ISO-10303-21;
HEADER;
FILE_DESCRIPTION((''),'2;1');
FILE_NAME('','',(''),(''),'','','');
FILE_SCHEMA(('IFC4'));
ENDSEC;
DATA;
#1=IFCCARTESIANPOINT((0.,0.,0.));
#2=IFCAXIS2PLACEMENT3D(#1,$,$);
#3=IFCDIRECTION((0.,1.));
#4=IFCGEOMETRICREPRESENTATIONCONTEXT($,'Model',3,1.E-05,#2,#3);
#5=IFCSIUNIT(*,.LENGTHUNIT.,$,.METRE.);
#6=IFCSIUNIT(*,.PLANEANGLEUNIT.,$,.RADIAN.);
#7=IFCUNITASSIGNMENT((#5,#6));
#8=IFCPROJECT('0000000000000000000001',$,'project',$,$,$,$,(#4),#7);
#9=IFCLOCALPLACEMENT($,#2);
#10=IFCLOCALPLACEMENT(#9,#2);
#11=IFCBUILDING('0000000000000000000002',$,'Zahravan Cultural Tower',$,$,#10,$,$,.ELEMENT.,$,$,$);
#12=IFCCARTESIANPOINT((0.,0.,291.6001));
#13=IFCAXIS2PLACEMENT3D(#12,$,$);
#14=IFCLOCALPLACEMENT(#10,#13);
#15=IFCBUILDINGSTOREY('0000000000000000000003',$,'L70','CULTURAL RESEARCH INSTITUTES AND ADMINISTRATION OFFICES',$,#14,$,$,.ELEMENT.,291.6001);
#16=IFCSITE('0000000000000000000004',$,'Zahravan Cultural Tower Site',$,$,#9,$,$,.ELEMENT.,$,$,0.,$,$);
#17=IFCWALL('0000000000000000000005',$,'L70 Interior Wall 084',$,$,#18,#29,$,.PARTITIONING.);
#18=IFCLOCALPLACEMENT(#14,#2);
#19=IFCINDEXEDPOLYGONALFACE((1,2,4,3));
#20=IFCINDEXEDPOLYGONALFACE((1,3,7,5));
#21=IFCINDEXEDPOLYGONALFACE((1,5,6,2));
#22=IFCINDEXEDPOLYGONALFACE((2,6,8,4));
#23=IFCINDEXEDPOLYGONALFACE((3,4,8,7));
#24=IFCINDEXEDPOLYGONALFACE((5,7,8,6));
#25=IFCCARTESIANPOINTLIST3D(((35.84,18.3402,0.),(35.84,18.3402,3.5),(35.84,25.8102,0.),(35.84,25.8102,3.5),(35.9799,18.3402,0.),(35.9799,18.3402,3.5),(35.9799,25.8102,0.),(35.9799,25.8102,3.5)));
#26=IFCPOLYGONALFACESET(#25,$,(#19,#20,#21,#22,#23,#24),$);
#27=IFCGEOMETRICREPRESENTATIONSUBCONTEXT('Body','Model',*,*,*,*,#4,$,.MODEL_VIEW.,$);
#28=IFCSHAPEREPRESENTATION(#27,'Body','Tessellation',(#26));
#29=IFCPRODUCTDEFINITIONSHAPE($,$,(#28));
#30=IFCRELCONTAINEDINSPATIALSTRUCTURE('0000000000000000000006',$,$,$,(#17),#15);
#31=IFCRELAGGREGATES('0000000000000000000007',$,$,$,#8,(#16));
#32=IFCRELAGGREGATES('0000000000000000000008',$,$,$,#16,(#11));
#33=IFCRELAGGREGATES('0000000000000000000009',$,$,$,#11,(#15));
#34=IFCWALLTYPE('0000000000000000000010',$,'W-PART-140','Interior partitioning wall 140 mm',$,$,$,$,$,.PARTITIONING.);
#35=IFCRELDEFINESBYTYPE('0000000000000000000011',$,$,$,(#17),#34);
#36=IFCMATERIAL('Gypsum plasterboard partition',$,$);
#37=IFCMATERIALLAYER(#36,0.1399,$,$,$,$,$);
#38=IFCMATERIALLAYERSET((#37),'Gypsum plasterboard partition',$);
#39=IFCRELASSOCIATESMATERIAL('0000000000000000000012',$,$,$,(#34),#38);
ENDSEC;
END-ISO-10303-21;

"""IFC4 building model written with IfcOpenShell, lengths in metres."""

from ifc_helpers import new_model, si_unit, direction, frame, frame_2d, origin, place, context, subcontext, project, spatial, rectangle, extrude, source, transform, mapped, material, layer, layer_set, type_object, element, save


model = new_model("IFC4")

# Units and contexts
model_context = context("Model", 3, precision=1e-05, world=origin(), true_north=direction((0.0, 1.0)))
body_context = subcontext(model_context, "Body", "Model", "MODEL_VIEW")
ifc_project = project(units=[si_unit("LENGTHUNIT", "METRE"), si_unit("PLANEANGLEUNIT", "RADIAN")], contexts=[model_context])

# Site, building, storey
site_placement = place(None, origin())
site = spatial("IfcSite", under=ifc_project, at=site_placement, Name="Zahravan Cultural Tower Site", CompositionType="ELEMENT", RefElevation=0.0)
building_placement = place(site_placement, origin())
building = spatial("IfcBuilding", under=site, at=building_placement, Name="Zahravan Cultural Tower", CompositionType="ELEMENT")
storey_placement = place(building_placement, frame((0.0, 0.0, 291.6001)))
storey = spatial("IfcBuildingStorey", under=building, at=storey_placement, Name="L70", Description="CULTURAL RESEARCH INSTITUTES AND ADMINISTRATION OFFICES", CompositionType="ELEMENT", Elevation=291.6001)

# Shared definitions
ifc_material_1 = material(Name="Gypsum plasterboard partition")
ifc_layer_1 = layer(ifc_material_1, 0.1399)
ifc_layer_set_1 = layer_set([ifc_layer_1], Name="Gypsum plasterboard partition")
wall_type_1 = type_object("IfcWallType", Name="W-PART-140", Description="Interior partitioning wall 140 mm", PredefinedType="PARTITIONING", material=ifc_layer_set_1)

# Wall
shared_shape_1 = source(origin(), body_context, "Body", "SweptSolid", [
    extrude(rectangle(XDim=7.47, YDim=0.1399, at=frame_2d((3.7349, 0.0))), origin(), (0.0, 0.0, 1.0), 3.5),
])
wall_1_placement = place(storey_placement, frame((35.9099, 25.8101, 0.0), z_axis=(0.0, 0.0, 1.0), x_axis=(0.0, -1.0, 0.0)))
element("IfcWall", 1, at=wall_1_placement, inside=storey, type_object=wall_type_1, Name="L70 Interior Wall 084", PredefinedType="PARTITIONING", context=body_context, shape_type="MappedRepresentation", body=[
    mapped(shared_shape_1, transform((0.0, 0.0, 0.0), x_axis=(1.0, 0.0, 0.0), y_axis=(0.0, 1.0, 0.0), z_axis=(0.0, 0.0, 1.0), scale=1.0)),
])

save(model, "model.ifc")
